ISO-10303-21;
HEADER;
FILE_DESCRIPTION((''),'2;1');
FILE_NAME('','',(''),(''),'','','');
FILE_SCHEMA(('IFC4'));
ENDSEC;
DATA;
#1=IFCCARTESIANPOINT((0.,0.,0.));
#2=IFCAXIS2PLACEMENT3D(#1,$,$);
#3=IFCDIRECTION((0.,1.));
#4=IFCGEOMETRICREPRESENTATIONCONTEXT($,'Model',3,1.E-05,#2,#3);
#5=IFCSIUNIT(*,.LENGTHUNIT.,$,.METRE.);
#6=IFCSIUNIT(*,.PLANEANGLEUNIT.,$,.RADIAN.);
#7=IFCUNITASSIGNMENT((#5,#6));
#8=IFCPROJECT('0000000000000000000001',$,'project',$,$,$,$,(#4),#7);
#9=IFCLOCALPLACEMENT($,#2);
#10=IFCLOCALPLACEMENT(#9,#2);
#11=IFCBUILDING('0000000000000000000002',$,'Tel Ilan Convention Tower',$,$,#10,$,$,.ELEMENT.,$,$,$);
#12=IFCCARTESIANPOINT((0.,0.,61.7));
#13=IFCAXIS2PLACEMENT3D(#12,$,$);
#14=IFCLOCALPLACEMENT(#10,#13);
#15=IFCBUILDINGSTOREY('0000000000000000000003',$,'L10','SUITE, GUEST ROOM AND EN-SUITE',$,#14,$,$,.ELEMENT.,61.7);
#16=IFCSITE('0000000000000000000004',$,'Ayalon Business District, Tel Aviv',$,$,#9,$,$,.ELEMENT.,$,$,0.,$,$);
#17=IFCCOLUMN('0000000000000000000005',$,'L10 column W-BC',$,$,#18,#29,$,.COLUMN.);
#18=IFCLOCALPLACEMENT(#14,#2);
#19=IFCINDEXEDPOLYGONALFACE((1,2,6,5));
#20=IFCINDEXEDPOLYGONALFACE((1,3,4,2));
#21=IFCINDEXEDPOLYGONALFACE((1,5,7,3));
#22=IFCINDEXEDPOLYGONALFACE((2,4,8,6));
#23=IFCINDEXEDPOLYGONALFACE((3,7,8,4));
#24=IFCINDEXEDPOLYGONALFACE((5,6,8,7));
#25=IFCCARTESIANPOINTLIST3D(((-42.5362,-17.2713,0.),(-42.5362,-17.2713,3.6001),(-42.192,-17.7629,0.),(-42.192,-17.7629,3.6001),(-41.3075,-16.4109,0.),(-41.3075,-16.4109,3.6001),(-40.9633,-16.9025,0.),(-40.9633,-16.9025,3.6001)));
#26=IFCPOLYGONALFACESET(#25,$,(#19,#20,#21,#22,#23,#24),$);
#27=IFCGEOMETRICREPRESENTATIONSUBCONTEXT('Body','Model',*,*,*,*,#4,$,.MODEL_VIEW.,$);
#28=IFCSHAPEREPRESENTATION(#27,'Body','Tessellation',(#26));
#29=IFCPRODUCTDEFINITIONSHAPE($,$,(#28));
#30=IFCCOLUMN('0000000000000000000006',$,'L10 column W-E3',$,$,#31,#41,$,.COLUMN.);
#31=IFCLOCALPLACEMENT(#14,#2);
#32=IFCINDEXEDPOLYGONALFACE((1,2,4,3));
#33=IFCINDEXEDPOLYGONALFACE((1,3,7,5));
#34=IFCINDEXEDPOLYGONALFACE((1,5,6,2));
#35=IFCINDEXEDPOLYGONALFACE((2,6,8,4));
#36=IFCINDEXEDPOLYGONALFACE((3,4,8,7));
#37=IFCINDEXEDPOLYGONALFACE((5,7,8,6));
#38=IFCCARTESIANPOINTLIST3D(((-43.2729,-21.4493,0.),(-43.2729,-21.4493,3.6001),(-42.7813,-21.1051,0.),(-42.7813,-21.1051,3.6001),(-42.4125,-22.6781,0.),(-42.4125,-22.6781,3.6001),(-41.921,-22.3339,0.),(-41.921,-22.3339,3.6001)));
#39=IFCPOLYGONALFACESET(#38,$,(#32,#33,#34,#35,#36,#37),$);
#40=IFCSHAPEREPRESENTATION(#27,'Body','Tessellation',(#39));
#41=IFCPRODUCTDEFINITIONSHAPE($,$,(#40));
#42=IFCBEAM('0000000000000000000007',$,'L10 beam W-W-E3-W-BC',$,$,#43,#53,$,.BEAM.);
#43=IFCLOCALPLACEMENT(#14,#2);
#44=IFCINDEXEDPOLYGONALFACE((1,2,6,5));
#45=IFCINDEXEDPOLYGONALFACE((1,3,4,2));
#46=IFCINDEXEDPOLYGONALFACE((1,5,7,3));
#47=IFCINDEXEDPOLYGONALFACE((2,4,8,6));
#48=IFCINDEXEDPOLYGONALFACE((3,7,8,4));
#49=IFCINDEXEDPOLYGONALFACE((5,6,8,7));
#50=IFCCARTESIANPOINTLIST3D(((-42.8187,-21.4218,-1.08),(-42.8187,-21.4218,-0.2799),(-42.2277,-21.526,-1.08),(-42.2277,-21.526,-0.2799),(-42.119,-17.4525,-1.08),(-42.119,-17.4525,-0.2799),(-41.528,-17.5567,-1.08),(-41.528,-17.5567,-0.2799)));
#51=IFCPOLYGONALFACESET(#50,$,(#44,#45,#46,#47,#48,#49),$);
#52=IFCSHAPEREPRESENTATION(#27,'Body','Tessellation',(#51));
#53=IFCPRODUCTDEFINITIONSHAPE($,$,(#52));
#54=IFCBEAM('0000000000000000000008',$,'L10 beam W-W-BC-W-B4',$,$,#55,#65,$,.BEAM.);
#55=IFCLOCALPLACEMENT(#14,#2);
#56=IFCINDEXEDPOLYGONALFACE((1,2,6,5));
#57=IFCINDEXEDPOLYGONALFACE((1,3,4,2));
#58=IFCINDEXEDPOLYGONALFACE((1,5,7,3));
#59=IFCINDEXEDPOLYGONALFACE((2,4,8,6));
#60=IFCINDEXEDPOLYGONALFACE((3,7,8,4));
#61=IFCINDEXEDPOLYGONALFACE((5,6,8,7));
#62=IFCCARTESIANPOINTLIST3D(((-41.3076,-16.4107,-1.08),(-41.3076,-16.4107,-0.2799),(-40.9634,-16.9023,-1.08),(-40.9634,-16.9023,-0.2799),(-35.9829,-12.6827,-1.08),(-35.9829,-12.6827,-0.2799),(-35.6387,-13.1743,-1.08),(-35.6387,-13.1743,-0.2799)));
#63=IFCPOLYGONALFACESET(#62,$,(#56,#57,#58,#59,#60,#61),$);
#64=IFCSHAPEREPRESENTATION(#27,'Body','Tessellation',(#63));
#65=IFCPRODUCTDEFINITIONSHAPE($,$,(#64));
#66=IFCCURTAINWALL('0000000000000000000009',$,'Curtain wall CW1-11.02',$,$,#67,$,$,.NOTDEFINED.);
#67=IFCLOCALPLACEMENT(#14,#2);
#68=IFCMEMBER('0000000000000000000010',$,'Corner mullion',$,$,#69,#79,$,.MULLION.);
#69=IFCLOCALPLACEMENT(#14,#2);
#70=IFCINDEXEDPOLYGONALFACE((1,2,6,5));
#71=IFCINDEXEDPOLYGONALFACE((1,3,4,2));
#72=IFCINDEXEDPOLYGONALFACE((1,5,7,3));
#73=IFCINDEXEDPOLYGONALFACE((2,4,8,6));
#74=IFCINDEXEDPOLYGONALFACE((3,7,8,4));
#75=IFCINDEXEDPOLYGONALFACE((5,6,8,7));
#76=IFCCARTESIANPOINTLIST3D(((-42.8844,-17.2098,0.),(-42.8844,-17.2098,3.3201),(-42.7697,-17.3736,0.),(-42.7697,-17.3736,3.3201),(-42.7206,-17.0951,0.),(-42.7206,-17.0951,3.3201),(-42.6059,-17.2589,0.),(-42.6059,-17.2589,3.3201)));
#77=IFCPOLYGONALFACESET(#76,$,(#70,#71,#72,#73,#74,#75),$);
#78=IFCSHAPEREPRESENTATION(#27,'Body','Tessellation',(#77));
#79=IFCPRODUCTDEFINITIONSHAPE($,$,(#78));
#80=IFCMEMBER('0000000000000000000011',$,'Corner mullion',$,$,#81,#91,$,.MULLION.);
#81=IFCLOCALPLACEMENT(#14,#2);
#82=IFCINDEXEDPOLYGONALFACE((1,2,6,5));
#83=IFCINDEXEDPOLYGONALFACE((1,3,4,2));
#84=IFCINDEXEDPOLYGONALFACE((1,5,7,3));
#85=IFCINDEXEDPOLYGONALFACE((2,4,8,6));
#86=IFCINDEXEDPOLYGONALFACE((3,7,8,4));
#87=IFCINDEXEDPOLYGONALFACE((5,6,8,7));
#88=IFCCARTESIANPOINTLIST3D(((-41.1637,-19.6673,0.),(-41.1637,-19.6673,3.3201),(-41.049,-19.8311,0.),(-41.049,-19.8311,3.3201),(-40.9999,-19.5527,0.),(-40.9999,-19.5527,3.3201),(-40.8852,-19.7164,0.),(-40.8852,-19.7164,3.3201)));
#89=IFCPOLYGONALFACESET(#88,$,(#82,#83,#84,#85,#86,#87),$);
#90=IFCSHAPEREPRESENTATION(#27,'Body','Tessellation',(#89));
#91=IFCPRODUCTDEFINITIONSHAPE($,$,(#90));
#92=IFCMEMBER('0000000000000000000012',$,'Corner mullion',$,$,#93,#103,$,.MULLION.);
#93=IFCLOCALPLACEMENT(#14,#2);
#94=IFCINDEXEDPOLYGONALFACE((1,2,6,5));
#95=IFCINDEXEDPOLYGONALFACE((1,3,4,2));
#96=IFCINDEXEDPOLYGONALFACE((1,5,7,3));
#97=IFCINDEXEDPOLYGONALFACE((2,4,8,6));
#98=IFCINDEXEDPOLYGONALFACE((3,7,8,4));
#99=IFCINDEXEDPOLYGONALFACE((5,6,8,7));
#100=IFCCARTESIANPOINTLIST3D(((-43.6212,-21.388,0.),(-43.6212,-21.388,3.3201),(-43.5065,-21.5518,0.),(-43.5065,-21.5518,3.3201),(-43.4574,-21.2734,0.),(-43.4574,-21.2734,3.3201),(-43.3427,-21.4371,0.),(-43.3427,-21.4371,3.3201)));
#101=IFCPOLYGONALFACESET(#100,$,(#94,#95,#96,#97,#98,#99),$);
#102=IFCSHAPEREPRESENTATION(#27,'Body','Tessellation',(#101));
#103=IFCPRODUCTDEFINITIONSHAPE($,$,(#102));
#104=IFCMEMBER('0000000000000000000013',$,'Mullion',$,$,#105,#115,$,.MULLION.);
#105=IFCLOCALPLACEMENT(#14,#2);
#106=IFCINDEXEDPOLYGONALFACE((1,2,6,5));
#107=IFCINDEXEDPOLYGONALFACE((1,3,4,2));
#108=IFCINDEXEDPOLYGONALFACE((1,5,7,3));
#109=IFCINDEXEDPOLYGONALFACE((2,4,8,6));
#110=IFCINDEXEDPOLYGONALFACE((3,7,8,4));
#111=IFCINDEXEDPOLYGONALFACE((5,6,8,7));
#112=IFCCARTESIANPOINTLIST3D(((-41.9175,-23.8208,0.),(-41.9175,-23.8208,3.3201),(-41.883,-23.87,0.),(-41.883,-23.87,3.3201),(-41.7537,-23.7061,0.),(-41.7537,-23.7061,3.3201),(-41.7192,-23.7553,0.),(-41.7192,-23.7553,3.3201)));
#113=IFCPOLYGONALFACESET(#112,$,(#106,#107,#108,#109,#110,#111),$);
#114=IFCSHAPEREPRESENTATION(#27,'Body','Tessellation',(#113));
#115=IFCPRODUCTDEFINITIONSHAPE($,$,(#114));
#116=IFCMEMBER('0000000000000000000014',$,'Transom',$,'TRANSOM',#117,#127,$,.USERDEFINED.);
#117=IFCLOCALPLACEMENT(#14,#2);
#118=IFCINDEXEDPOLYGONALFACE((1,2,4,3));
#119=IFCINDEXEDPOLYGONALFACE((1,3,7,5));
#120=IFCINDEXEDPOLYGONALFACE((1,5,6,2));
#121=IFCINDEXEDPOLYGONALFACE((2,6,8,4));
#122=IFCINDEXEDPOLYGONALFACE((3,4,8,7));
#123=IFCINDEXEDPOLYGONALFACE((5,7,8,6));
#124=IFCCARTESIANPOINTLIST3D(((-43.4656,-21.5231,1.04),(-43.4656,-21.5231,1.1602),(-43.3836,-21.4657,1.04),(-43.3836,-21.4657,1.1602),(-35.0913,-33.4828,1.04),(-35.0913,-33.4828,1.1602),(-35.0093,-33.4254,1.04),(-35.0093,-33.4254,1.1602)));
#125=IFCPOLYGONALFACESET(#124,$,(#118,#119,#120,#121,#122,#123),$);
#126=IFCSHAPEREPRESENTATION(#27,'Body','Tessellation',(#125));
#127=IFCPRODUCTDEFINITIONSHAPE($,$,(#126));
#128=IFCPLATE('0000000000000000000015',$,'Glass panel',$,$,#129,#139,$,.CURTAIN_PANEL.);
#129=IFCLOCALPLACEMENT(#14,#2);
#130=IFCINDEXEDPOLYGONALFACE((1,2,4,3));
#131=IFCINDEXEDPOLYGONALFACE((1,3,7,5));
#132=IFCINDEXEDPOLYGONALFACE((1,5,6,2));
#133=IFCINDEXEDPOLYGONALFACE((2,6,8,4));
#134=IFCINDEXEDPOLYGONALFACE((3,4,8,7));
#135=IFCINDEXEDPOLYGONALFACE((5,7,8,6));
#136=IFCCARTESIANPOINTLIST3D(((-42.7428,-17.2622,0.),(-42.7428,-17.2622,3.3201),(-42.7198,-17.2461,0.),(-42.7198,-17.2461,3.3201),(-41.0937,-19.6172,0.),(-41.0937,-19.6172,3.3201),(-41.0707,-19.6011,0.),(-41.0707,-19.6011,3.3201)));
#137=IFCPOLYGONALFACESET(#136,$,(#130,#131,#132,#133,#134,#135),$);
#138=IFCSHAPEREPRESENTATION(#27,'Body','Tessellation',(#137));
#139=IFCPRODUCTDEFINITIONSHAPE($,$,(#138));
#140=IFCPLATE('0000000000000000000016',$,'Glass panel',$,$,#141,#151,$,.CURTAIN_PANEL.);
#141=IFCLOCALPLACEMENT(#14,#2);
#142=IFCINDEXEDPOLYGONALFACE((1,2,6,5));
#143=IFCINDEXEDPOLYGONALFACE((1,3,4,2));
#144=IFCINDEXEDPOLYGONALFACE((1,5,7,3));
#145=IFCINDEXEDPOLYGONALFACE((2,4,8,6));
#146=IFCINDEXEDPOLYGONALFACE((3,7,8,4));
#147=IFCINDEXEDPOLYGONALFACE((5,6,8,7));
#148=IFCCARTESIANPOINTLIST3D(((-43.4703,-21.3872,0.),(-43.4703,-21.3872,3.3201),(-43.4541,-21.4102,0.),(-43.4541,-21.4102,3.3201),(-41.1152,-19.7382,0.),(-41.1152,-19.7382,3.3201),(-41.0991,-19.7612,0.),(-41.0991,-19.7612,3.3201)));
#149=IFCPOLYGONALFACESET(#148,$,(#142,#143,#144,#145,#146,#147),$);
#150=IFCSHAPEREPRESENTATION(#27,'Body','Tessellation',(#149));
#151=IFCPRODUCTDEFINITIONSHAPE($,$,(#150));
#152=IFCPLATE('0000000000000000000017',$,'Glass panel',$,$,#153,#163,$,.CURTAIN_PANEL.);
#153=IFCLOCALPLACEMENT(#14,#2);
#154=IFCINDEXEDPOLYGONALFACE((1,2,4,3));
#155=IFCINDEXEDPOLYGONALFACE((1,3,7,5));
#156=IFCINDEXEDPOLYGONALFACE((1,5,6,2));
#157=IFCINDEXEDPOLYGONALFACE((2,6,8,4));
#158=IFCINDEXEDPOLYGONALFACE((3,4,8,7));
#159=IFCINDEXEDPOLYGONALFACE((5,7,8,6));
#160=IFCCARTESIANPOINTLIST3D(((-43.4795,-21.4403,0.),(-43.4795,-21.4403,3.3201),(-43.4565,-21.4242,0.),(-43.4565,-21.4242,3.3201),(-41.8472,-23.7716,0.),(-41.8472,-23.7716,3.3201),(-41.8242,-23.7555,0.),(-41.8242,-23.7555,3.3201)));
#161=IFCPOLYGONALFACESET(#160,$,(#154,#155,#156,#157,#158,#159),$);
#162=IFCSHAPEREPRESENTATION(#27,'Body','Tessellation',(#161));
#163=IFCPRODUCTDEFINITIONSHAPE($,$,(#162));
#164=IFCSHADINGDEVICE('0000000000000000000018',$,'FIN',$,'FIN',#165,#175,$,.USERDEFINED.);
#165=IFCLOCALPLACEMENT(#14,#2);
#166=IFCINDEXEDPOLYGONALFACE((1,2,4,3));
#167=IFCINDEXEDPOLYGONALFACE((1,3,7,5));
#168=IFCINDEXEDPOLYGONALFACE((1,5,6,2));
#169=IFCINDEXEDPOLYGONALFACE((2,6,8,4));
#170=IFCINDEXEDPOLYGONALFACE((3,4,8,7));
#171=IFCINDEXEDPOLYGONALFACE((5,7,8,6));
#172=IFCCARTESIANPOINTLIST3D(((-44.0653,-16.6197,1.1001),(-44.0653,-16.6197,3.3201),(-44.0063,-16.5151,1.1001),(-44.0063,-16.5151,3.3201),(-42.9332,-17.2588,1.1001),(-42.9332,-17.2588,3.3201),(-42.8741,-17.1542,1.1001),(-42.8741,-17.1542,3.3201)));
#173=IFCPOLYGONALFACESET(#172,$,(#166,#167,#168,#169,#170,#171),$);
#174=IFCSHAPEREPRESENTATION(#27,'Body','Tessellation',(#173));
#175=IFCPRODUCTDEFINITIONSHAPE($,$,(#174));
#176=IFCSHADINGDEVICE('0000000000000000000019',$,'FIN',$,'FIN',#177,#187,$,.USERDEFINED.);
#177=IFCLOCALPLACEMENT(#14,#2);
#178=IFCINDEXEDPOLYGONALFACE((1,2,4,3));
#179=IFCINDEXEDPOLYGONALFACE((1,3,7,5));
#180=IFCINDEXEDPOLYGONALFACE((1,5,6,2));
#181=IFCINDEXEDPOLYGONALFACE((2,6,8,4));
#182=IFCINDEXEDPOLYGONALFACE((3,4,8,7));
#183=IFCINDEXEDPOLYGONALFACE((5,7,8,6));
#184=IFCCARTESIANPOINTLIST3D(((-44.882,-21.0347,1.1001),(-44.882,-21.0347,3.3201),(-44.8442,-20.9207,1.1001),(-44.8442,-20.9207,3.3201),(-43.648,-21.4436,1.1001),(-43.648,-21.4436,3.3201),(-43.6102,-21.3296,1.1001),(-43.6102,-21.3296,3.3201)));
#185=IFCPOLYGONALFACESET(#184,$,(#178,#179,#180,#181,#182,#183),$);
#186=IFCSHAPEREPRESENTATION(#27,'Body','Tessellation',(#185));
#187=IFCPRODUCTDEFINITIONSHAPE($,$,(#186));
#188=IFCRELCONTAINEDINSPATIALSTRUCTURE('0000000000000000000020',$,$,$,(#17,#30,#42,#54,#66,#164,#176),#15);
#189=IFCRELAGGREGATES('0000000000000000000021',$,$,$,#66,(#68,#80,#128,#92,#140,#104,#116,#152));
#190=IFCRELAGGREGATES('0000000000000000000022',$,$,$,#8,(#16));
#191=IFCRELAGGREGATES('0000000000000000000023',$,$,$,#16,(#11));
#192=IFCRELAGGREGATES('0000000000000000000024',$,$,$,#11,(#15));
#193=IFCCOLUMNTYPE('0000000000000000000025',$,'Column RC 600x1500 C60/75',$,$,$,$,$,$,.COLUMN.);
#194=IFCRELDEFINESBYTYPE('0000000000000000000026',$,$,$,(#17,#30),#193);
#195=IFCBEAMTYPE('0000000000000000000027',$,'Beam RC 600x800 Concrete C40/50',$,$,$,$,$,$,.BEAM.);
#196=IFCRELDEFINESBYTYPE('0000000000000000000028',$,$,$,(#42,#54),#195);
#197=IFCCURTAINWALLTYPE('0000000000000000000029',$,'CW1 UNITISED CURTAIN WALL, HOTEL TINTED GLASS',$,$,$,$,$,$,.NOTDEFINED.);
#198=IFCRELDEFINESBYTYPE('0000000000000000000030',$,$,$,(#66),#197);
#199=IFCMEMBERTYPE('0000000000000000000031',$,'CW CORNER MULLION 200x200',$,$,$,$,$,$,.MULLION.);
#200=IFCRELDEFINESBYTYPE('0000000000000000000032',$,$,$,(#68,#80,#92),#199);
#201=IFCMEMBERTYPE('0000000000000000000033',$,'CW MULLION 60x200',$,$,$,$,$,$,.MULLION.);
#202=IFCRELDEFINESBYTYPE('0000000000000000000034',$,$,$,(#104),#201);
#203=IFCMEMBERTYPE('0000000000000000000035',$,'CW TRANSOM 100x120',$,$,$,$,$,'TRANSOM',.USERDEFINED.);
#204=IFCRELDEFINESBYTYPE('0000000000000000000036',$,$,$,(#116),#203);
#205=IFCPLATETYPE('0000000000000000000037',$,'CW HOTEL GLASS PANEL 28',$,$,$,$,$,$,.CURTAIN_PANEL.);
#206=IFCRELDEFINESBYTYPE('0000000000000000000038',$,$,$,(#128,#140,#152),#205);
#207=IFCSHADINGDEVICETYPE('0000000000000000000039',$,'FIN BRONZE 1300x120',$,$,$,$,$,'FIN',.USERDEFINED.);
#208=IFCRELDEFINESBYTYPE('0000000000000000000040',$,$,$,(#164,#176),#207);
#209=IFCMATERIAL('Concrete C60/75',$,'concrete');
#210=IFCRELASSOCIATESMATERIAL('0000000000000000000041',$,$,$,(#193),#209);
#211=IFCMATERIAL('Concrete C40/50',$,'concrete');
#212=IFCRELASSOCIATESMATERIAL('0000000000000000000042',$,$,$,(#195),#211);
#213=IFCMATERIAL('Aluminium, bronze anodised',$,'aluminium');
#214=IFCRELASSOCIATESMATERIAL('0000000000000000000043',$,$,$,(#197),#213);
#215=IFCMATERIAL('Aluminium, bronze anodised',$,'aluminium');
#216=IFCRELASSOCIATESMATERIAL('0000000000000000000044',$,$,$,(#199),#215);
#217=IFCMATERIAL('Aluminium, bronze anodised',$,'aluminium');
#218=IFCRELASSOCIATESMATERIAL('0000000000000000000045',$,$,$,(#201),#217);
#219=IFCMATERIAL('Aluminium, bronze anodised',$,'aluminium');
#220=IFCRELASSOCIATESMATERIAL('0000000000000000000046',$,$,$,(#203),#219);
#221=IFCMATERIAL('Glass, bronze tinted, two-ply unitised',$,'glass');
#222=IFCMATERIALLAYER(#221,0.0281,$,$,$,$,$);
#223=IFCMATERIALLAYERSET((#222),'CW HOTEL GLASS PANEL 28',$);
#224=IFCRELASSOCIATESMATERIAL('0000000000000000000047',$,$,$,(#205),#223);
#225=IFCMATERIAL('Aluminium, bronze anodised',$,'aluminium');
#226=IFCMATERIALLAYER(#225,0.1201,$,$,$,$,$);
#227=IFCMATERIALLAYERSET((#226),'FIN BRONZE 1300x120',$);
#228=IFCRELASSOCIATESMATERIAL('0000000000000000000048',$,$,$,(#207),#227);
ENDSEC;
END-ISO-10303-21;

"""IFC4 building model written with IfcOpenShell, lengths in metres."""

from ifc_helpers import new_model, si_unit, direction, frame, origin, origin_2d, place, context, subcontext, project, spatial, rectangle, extrude, material, layer, layer_set, material_profile, profile_set, type_object, element, aggregate, save


model = new_model("IFC4")

# Units and contexts
model_context = context("Model", 3, precision=1e-05, world=origin(), true_north=direction((0.0, 1.0)))
body_context = subcontext(model_context, "Body", "Model", "MODEL_VIEW")
ifc_project = project(units=[si_unit("LENGTHUNIT", "METRE"), si_unit("PLANEANGLEUNIT", "RADIAN")], contexts=[model_context])

# Site, building, storey
site_placement = place(None, origin())
site = spatial("IfcSite", under=ifc_project, at=site_placement, Name="Ayalon Business District, Tel Aviv", CompositionType="ELEMENT", RefElevation=0.0)
building_placement = place(site_placement, origin())
building = spatial("IfcBuilding", under=site, at=building_placement, Name="Tel Ilan Convention Tower", CompositionType="ELEMENT")
storey_placement = place(building_placement, frame((0.0, 0.0, 61.7)))
storey = spatial("IfcBuildingStorey", under=building, at=storey_placement, Name="L10", Description="SUITE, GUEST ROOM AND EN-SUITE", CompositionType="ELEMENT", Elevation=61.7)

# Columns
ifc_material_1 = material(Name="Concrete C60/75", Category="concrete")
ifc_material_profile_1 = material_profile(ifc_material_1, rectangle(XDim=1.5, YDim=0.6001, at=origin_2d()), Name="RC 600x1500")
ifc_profile_set_1 = profile_set([ifc_material_profile_1], Name="Concrete C60/75")
column_type = type_object("IfcColumnType", Name="Column RC 600x1500 C60/75", PredefinedType="COLUMN", material=ifc_profile_set_1)
for number, where, z_axis, x_axis, name in (
    (1, (-41.7498, -17.0869, 0.0), (0.0, 0.0, 1.0), (-0.819152, -0.573576, 0.0), "L10 column W-BC"),
    (2, (-42.5969, -21.8916, 0.0), (0.0, 0.0, 1.0), (-0.573576, 0.819152, 0.0), "L10 column W-E3"),
):
    element("IfcColumn", number, at=place(storey_placement, frame(where, z_axis=z_axis, x_axis=x_axis)), inside=storey, type_object=column_type, Name=name, PredefinedType="COLUMN", context=body_context, shape_type="SweptSolid", body=[
        extrude(rectangle(XDim=1.5, YDim=0.6001, at=origin_2d()), origin(), (0.0, 0.0, 1.0), 3.6001),
    ])

# Beams
ifc_material_2 = material(Name="Concrete C40/50", Category="concrete")
ifc_material_profile_2 = material_profile(ifc_material_2, rectangle(XDim=0.6001, YDim=0.8, at=origin_2d()), Name="RC 600x800")
ifc_profile_set_2 = profile_set([ifc_material_profile_2], Name="Concrete C40/50")
beam_type = type_object("IfcBeamType", Name="Beam RC 600x800 Concrete C40/50", PredefinedType="BEAM", material=ifc_profile_set_2)
beam_1_placement = place(storey_placement, frame((-42.5232, -21.4739, -0.6799), z_axis=(0.173606, 0.984815, 0.0), x_axis=(-0.984815, 0.173606, 0.0)))
element("IfcBeam", 3, at=beam_1_placement, inside=storey, type_object=beam_type, Name="L10 beam W-W-E3-W-BC", PredefinedType="BEAM", context=body_context, shape_type="SweptSolid", body=[
    extrude(rectangle(XDim=0.6001, YDim=0.8, at=origin_2d()), origin(), (0.0, 0.0, 1.0), 4.0305),
])
beam_2_placement = place(storey_placement, frame((-41.1355, -16.6565, -0.6799), z_axis=(0.819179, 0.573538, 0.0), x_axis=(-0.573538, 0.819179, 0.0)))
element("IfcBeam", 4, at=beam_2_placement, inside=storey, type_object=beam_type, Name="L10 beam W-W-BC-W-B4", PredefinedType="BEAM", context=body_context, shape_type="SweptSolid", body=[
    extrude(rectangle(XDim=0.6001, YDim=0.8, at=origin_2d()), origin(), (0.0, 0.0, 1.0), 6.5),
])

# Curtain wall, members, plates
ifc_material_3 = material(Name="Aluminium, bronze anodised", Category="aluminium")
curtain_wall_type = type_object("IfcCurtainWallType", Name="CW1 UNITISED CURTAIN WALL, HOTEL TINTED GLASS", PredefinedType="NOTDEFINED", material=ifc_material_3)
curtain_wall_placement = place(storey_placement, origin())
curtain_wall = element("IfcCurtainWall", 5, at=curtain_wall_placement, inside=storey, type_object=curtain_wall_type, Name="Curtain wall CW1-11.02", PredefinedType="NOTDEFINED")
ifc_material_4 = material(Name="Aluminium, bronze anodised", Category="aluminium")
ifc_material_profile_3 = material_profile(ifc_material_4, rectangle(XDim=0.2, YDim=0.2, at=origin_2d()), Name="CW CORNER MULLION 200x200")
ifc_profile_set_3 = profile_set([ifc_material_profile_3], Name="Aluminium, bronze anodised")
member_type_1 = type_object("IfcMemberType", Name="CW CORNER MULLION 200x200", PredefinedType="MULLION", material=ifc_profile_set_3)
member_1_placement = place(storey_placement, frame((-42.7451, -17.2344, 0.0), z_axis=(0.0, 0.0, 1.0), x_axis=(-0.819152, -0.573576, 0.0)))
member_1 = element("IfcMember", 6, at=member_1_placement, type_object=member_type_1, Name="Corner mullion", PredefinedType="MULLION", context=body_context, shape_type="SweptSolid", body=[
    extrude(rectangle(XDim=0.2, YDim=0.2, at=origin_2d()), origin(), (0.0, 0.0, 1.0), 3.3201),
])
member_2_placement = place(storey_placement, frame((-41.0244, -19.6919, 0.0), z_axis=(0.0, 0.0, 1.0), x_axis=(0.573576, -0.819152, 0.0)))
member_2 = element("IfcMember", 7, at=member_2_placement, type_object=member_type_1, Name="Corner mullion", PredefinedType="MULLION", context=body_context, shape_type="SweptSolid", body=[
    extrude(rectangle(XDim=0.2, YDim=0.2, at=origin_2d()), origin(), (0.0, 0.0, 1.0), 3.3201),
])
member_3_placement = place(storey_placement, frame((-43.4819, -21.4126, 0.0), z_axis=(0.0, 0.0, 1.0), x_axis=(-0.819152, -0.573576, 0.0)))
member_3 = element("IfcMember", 8, at=member_3_placement, type_object=member_type_1, Name="Corner mullion", PredefinedType="MULLION", context=body_context, shape_type="SweptSolid", body=[
    extrude(rectangle(XDim=0.2, YDim=0.2, at=origin_2d()), origin(), (0.0, 0.0, 1.0), 3.3201),
])
ifc_material_5 = material(Name="Aluminium, bronze anodised", Category="aluminium")
ifc_material_profile_4 = material_profile(ifc_material_5, rectangle(XDim=0.0601, YDim=0.2, at=origin_2d()), Name="CW MULLION 60x200")
ifc_profile_set_4 = profile_set([ifc_material_profile_4], Name="Aluminium, bronze anodised")
member_type_2 = type_object("IfcMemberType", Name="CW MULLION 60x200", PredefinedType="MULLION", material=ifc_profile_set_4)
member_4_placement = place(storey_placement, frame((-41.8184, -23.7881, 0.0), z_axis=(0.0, 0.0, 1.0), x_axis=(0.573576, -0.819152, 0.0)))
member_4 = element("IfcMember", 9, at=member_4_placement, type_object=member_type_2, Name="Mullion", PredefinedType="MULLION", context=body_context, shape_type="SweptSolid", body=[
    extrude(rectangle(XDim=0.0601, YDim=0.2, at=origin_2d()), origin(), (0.0, 0.0, 1.0), 3.3201),
])
ifc_material_6 = material(Name="Aluminium, bronze anodised", Category="aluminium")
ifc_material_profile_5 = material_profile(ifc_material_6, rectangle(XDim=0.1001, YDim=0.1201, at=origin_2d()), Name="CW TRANSOM 100x120")
ifc_profile_set_5 = profile_set([ifc_material_profile_5], Name="Aluminium, bronze anodised")
member_type_3 = type_object("IfcMemberType", Name="CW TRANSOM 100x120", ElementType="TRANSOM", PredefinedType="USERDEFINED", material=ifc_profile_set_5)
member_5_placement = place(storey_placement, frame((-43.4246, -21.4944, 1.1001), z_axis=(0.573576, -0.819153, 0.0), x_axis=(0.819153, 0.573576, 0.0)))
member_5 = element("IfcMember", 10, at=member_5_placement, type_object=member_type_3, Name="Transom", ObjectType="TRANSOM", PredefinedType="USERDEFINED", context=body_context, shape_type="SweptSolid", body=[
    extrude(rectangle(XDim=0.1001, YDim=0.1201, at=origin_2d()), origin(), (0.0, 0.0, 1.0), 14.6001),
])
ifc_material_7 = material(Name="Glass, bronze tinted, two-ply unitised", Category="glass")
ifc_layer_1 = layer(ifc_material_7, 0.0281)
ifc_layer_set_1 = layer_set([ifc_layer_1], Name="CW HOTEL GLASS PANEL 28")
plate_type = type_object("IfcPlateType", Name="CW HOTEL GLASS PANEL 28", PredefinedType="CURTAIN_PANEL", material=ifc_layer_set_1)
plate_1_placement = place(storey_placement, frame((-41.9067, -18.4316, 0.0), z_axis=(0.0, 0.0, 1.0), x_axis=(0.573576, -0.819152, 0.0)))
plate_1 = element("IfcPlate", 11, at=plate_1_placement, type_object=plate_type, Name="Glass panel", PredefinedType="CURTAIN_PANEL", context=body_context, shape_type="SweptSolid", body=[
    extrude(rectangle(XDim=2.875, YDim=0.0281, at=origin_2d()), origin(), (0.0, 0.0, 1.0), 3.3201),
])
plate_2_placement = place(storey_placement, frame((-42.2847, -20.5742, 0.0), z_axis=(0.0, 0.0, 1.0), x_axis=(-0.819152, -0.573576, 0.0)))
plate_2 = element("IfcPlate", 12, at=plate_2_placement, type_object=plate_type, Name="Glass panel", PredefinedType="CURTAIN_PANEL", context=body_context, shape_type="SweptSolid", body=[
    extrude(rectangle(XDim=2.875, YDim=0.0281, at=origin_2d()), origin(), (0.0, 0.0, 1.0), 3.3201),
])
plate_3_placement = place(storey_placement, frame((-42.6519, -22.5979, 0.0), z_axis=(0.0, 0.0, 1.0), x_axis=(0.573576, -0.819152, 0.0)))
plate_3 = element("IfcPlate", 13, at=plate_3_placement, type_object=plate_type, Name="Glass panel", PredefinedType="CURTAIN_PANEL", context=body_context, shape_type="SweptSolid", body=[
    extrude(rectangle(XDim=2.8459, YDim=0.0281, at=origin_2d()), origin(), (0.0, 0.0, 1.0), 3.3201),
])
aggregate(curtain_wall, [member_1, member_2, plate_1, member_3, plate_2, member_4, member_5, plate_3])

# Shading devices
ifc_material_8 = material(Name="Aluminium, bronze anodised", Category="aluminium")
ifc_layer_2 = layer(ifc_material_8, 0.1201)
ifc_layer_set_2 = layer_set([ifc_layer_2], Name="FIN BRONZE 1300x120")
shading_device_type = type_object("IfcShadingDeviceType", Name="FIN BRONZE 1300x120", ElementType="FIN", PredefinedType="USERDEFINED", material=ifc_layer_set_2)
for number, where, z_axis, x_axis, name in (
    (14, (-43.4697, -16.887, 1.1001), (0.0, 0.0, 1.0), (-0.870833, 0.491579, 0.0), "FIN"),
    (15, (-44.2461, -21.1821, 1.1001), (0.0, 0.0, 1.0), (-0.949243, 0.314545, 0.0), "FIN"),
):
    element("IfcShadingDevice", number, at=place(storey_placement, frame(where, z_axis=z_axis, x_axis=x_axis)), inside=storey, type_object=shading_device_type, Name=name, ObjectType="FIN", PredefinedType="USERDEFINED", context=body_context, shape_type="SweptSolid", body=[
        extrude(rectangle(XDim=1.3, YDim=0.1201, at=origin_2d()), origin(), (0.0, 0.0, 1.0), 2.22),
    ])

save(model, "model.ifc")
